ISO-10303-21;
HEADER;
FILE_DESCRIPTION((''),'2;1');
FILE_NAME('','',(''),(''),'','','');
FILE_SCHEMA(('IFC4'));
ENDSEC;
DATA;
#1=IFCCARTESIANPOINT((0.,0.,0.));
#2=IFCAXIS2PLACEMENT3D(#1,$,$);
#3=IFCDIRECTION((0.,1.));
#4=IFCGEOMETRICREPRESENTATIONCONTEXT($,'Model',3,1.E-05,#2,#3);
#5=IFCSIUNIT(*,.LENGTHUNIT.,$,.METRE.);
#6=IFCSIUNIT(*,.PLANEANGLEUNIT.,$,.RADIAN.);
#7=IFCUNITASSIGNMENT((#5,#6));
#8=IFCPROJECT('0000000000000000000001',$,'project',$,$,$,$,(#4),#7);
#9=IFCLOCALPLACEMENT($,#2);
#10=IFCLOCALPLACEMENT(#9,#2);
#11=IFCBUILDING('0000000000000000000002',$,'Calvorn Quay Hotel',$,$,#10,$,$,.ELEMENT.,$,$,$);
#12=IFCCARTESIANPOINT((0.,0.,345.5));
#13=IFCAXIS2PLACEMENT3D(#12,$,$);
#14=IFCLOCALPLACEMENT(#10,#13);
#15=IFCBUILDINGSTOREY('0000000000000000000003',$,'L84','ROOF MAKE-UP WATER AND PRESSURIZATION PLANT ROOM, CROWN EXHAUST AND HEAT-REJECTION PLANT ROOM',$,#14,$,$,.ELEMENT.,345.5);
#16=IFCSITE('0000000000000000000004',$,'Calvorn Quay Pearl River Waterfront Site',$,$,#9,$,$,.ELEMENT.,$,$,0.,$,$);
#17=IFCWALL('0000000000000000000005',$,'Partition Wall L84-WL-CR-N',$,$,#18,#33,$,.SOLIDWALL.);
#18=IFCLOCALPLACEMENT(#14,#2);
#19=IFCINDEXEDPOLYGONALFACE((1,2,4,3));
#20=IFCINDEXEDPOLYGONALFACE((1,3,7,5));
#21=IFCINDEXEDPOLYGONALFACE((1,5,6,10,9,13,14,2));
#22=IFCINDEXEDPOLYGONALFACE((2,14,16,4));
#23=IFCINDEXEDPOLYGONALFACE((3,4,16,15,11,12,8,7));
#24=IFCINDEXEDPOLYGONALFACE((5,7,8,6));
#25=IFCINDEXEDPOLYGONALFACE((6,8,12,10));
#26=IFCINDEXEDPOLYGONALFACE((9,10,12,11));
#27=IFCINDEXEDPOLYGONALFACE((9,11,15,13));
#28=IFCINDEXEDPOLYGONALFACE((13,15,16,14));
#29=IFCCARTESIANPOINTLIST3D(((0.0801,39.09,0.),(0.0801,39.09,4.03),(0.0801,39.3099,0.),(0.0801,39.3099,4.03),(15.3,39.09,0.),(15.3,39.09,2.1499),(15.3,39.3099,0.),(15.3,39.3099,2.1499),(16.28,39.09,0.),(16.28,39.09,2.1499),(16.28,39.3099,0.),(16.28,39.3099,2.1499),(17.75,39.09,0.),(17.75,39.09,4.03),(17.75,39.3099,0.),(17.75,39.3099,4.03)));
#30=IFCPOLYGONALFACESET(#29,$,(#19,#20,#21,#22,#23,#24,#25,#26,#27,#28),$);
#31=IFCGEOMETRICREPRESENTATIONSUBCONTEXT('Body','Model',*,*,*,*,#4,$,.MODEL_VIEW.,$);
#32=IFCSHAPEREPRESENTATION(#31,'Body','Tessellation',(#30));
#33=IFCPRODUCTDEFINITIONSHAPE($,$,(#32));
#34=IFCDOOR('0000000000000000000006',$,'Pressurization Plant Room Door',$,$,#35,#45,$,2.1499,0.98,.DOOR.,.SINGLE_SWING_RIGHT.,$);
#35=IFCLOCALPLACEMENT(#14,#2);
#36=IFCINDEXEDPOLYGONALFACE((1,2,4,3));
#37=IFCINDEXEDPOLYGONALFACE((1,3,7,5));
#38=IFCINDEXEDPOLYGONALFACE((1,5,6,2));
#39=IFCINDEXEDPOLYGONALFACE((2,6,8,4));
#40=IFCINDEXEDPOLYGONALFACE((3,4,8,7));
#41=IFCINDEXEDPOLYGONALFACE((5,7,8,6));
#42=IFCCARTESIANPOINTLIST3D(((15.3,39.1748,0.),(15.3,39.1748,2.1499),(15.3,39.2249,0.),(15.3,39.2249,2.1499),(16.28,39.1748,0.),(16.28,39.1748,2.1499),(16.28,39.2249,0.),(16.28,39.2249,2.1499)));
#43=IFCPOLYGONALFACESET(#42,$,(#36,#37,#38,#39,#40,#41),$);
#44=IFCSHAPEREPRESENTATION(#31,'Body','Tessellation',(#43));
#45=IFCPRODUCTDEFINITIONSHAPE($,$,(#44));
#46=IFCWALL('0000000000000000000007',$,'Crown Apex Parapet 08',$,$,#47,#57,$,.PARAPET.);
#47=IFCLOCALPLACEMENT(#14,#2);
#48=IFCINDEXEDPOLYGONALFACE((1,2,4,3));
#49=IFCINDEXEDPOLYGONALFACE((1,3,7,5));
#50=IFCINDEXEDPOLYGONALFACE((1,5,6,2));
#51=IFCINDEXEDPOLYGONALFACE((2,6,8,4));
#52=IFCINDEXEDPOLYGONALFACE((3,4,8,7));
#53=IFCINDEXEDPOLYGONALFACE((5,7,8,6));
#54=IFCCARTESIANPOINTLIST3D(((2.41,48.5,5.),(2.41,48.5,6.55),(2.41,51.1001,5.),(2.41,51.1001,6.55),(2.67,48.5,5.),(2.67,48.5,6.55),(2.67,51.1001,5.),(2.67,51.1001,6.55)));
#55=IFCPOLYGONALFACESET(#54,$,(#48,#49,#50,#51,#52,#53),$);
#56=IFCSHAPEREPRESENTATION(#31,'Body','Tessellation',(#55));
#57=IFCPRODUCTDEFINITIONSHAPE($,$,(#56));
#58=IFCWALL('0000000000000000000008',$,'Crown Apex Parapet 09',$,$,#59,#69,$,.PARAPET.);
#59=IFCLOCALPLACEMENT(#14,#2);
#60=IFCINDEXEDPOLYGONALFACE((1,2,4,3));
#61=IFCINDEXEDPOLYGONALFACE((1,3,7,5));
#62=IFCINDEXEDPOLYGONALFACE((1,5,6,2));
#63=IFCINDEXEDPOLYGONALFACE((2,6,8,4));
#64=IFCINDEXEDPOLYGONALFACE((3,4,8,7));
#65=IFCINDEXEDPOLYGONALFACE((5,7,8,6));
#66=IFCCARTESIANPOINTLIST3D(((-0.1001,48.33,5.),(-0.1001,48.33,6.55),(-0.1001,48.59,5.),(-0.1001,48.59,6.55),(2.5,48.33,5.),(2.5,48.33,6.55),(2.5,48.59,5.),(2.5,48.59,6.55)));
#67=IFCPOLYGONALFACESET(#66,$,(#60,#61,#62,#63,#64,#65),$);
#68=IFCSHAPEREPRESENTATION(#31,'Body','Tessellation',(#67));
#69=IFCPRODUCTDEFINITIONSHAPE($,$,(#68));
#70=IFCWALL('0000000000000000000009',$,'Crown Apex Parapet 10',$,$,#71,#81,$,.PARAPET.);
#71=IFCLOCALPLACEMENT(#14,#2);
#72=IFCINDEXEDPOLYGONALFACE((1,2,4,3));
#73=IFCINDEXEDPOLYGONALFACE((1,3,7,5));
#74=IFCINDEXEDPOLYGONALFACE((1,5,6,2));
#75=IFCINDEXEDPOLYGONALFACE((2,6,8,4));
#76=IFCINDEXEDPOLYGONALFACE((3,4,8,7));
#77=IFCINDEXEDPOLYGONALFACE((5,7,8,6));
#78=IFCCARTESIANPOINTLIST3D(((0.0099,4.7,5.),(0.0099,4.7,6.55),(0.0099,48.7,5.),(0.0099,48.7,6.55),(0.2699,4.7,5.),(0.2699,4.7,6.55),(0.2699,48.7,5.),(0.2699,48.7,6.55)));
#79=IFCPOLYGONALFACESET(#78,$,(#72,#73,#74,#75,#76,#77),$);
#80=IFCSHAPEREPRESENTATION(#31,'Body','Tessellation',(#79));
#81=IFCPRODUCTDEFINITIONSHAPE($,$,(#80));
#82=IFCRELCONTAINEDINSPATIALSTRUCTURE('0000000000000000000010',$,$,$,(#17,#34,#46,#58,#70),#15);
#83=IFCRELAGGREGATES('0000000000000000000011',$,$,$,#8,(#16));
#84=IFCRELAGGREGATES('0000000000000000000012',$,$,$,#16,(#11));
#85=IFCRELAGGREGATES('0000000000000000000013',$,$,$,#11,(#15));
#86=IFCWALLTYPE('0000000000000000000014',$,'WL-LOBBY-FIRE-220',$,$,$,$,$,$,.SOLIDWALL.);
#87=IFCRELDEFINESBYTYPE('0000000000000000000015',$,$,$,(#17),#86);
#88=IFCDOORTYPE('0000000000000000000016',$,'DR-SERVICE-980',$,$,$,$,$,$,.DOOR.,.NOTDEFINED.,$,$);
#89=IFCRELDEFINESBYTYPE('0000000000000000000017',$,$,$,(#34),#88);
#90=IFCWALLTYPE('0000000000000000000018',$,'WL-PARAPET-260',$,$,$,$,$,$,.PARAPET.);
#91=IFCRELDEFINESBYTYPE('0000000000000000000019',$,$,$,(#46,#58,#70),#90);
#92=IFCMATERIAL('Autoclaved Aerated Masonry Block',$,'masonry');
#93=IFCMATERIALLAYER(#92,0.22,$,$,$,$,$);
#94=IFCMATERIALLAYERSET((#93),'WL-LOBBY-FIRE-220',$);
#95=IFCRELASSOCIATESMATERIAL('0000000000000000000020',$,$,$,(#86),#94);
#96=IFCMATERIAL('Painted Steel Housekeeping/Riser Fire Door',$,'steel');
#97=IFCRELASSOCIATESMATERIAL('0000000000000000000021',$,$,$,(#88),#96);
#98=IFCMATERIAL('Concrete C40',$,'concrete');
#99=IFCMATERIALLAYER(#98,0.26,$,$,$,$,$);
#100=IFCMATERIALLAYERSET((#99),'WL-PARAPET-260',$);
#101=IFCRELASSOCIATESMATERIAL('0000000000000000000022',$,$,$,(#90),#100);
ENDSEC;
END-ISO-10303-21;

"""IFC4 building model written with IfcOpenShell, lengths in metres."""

from ifc_helpers import new_model, si_unit, direction, frame, frame_2d, origin, place, context, subcontext, project, spatial, rectangle, extrude, material, layer, layer_set, type_object, element, fill, save


model = new_model("IFC4")

# Units and contexts
model_context = context("Model", 3, precision=1e-05, world=origin(), true_north=direction((0.0, 1.0)))
body_context = subcontext(model_context, "Body", "Model", "MODEL_VIEW")
ifc_project = project(units=[si_unit("LENGTHUNIT", "METRE"), si_unit("PLANEANGLEUNIT", "RADIAN")], contexts=[model_context])

# Site, building, storey
site_placement = place(None, origin())
site = spatial("IfcSite", under=ifc_project, at=site_placement, Name="Calvorn Quay Pearl River Waterfront Site", CompositionType="ELEMENT", RefElevation=0.0)
building_placement = place(site_placement, origin())
building = spatial("IfcBuilding", under=site, at=building_placement, Name="Calvorn Quay Hotel", CompositionType="ELEMENT")
storey_placement = place(building_placement, frame((0.0, 0.0, 345.5)))
storey = spatial("IfcBuildingStorey", under=building, at=storey_placement, Name="L84", Description="ROOF MAKE-UP WATER AND PRESSURIZATION PLANT ROOM, CROWN EXHAUST AND HEAT-REJECTION PLANT ROOM", CompositionType="ELEMENT", Elevation=345.5)

# Wall, opening, door
ifc_material_1 = material(Name="Autoclaved Aerated Masonry Block", Category="masonry")
ifc_layer_1 = layer(ifc_material_1, 0.22)
ifc_layer_set_1 = layer_set([ifc_layer_1], Name="WL-LOBBY-FIRE-220")
wall_type_1 = type_object("IfcWallType", Name="WL-LOBBY-FIRE-220", PredefinedType="SOLIDWALL", material=ifc_layer_set_1)
wall_1_placement = place(storey_placement, frame((0.0801, 39.2, 0.0), z_axis=(0.0, 0.0, 1.0), x_axis=(1.0, 0.0, 0.0)))
wall_1 = element("IfcWall", 1, at=wall_1_placement, inside=storey, type_object=wall_type_1, Name="Partition Wall L84-WL-CR-N", PredefinedType="SOLIDWALL", context=body_context, shape_type="SweptSolid", body=[
    extrude(rectangle(XDim=17.6699, YDim=0.22, at=frame_2d((8.835, 0.0))), origin(), (0.0, 0.0, 1.0), 4.03),
])
opening_placement = place(wall_1_placement, frame((15.22, 0.0, 0.0)))
opening = element("IfcOpeningElement", 2, at=opening_placement, cuts=wall_1, PredefinedType="OPENING", context=body_context, shape_type="SweptSolid", body=[
    extrude(rectangle(XDim=0.98, YDim=2.1499, at=frame_2d((0.49, 1.075))), frame((0.0, 0.1199, 0.0), z_axis=(0.0, -1.0, 0.0), x_axis=(1.0, 0.0, 0.0)), (0.0, 0.0, 1.0), 0.24),
])
ifc_material_2 = material(Name="Painted Steel Housekeeping/Riser Fire Door", Category="steel")
door_type = type_object("IfcDoorType", Name="DR-SERVICE-980", OperationType="NOTDEFINED", PredefinedType="DOOR", material=ifc_material_2)
door_placement = place(opening_placement, origin())
door = element("IfcDoor", 3, at=door_placement, inside=storey, type_object=door_type, Name="Pressurization Plant Room Door", OperationType="SINGLE_SWING_RIGHT", OverallHeight=2.1499, OverallWidth=0.98, PredefinedType="DOOR", context=body_context, shape_type="SweptSolid", body=[
    extrude(rectangle(XDim=0.98, YDim=2.1499, at=frame_2d((0.49, 1.075))), frame((0.0, 0.0249, 0.0), z_axis=(0.0, -1.0, 0.0), x_axis=(1.0, 0.0, 0.0)), (0.0, 0.0, 1.0), 0.05),
])
fill(opening, door)

# Walls
ifc_material_3 = material(Name="Concrete C40", Category="concrete")
ifc_layer_2 = layer(ifc_material_3, 0.26)
ifc_layer_set_2 = layer_set([ifc_layer_2], Name="WL-PARAPET-260")
wall_type_2 = type_object("IfcWallType", Name="WL-PARAPET-260", PredefinedType="PARAPET", material=ifc_layer_set_2)
for number, where, z_axis, x_axis, name in (
    (4, (2.54, 51.1001, 5.0), (0.0, 0.0, 1.0), (0.0, -1.0, 0.0), "Crown Apex Parapet 08"),
    (5, (2.5, 48.46, 5.0), (0.0, 0.0, 1.0), (-1.0, 0.0, 0.0), "Crown Apex Parapet 09"),
):
    element("IfcWall", number, at=place(storey_placement, frame(where, z_axis=z_axis, x_axis=x_axis)), inside=storey, type_object=wall_type_2, Name=name, PredefinedType="PARAPET", context=body_context, shape_type="SweptSolid", body=[
        extrude(rectangle(XDim=2.6001, YDim=0.26, at=frame_2d((1.3, 0.0))), origin(), (0.0, 0.0, 1.0), 1.55),
    ])
wall_2_placement = place(storey_placement, frame((0.1399, 48.7, 5.0), z_axis=(0.0, 0.0, 1.0), x_axis=(0.0, -1.0, 0.0)))
element("IfcWall", 6, at=wall_2_placement, inside=storey, type_object=wall_type_2, Name="Crown Apex Parapet 10", PredefinedType="PARAPET", context=body_context, shape_type="SweptSolid", body=[
    extrude(rectangle(XDim=44.0, YDim=0.26, at=frame_2d((22.0, 0.0))), origin(), (0.0, 0.0, 1.0), 1.55),
])

save(model, "model.ifc")
